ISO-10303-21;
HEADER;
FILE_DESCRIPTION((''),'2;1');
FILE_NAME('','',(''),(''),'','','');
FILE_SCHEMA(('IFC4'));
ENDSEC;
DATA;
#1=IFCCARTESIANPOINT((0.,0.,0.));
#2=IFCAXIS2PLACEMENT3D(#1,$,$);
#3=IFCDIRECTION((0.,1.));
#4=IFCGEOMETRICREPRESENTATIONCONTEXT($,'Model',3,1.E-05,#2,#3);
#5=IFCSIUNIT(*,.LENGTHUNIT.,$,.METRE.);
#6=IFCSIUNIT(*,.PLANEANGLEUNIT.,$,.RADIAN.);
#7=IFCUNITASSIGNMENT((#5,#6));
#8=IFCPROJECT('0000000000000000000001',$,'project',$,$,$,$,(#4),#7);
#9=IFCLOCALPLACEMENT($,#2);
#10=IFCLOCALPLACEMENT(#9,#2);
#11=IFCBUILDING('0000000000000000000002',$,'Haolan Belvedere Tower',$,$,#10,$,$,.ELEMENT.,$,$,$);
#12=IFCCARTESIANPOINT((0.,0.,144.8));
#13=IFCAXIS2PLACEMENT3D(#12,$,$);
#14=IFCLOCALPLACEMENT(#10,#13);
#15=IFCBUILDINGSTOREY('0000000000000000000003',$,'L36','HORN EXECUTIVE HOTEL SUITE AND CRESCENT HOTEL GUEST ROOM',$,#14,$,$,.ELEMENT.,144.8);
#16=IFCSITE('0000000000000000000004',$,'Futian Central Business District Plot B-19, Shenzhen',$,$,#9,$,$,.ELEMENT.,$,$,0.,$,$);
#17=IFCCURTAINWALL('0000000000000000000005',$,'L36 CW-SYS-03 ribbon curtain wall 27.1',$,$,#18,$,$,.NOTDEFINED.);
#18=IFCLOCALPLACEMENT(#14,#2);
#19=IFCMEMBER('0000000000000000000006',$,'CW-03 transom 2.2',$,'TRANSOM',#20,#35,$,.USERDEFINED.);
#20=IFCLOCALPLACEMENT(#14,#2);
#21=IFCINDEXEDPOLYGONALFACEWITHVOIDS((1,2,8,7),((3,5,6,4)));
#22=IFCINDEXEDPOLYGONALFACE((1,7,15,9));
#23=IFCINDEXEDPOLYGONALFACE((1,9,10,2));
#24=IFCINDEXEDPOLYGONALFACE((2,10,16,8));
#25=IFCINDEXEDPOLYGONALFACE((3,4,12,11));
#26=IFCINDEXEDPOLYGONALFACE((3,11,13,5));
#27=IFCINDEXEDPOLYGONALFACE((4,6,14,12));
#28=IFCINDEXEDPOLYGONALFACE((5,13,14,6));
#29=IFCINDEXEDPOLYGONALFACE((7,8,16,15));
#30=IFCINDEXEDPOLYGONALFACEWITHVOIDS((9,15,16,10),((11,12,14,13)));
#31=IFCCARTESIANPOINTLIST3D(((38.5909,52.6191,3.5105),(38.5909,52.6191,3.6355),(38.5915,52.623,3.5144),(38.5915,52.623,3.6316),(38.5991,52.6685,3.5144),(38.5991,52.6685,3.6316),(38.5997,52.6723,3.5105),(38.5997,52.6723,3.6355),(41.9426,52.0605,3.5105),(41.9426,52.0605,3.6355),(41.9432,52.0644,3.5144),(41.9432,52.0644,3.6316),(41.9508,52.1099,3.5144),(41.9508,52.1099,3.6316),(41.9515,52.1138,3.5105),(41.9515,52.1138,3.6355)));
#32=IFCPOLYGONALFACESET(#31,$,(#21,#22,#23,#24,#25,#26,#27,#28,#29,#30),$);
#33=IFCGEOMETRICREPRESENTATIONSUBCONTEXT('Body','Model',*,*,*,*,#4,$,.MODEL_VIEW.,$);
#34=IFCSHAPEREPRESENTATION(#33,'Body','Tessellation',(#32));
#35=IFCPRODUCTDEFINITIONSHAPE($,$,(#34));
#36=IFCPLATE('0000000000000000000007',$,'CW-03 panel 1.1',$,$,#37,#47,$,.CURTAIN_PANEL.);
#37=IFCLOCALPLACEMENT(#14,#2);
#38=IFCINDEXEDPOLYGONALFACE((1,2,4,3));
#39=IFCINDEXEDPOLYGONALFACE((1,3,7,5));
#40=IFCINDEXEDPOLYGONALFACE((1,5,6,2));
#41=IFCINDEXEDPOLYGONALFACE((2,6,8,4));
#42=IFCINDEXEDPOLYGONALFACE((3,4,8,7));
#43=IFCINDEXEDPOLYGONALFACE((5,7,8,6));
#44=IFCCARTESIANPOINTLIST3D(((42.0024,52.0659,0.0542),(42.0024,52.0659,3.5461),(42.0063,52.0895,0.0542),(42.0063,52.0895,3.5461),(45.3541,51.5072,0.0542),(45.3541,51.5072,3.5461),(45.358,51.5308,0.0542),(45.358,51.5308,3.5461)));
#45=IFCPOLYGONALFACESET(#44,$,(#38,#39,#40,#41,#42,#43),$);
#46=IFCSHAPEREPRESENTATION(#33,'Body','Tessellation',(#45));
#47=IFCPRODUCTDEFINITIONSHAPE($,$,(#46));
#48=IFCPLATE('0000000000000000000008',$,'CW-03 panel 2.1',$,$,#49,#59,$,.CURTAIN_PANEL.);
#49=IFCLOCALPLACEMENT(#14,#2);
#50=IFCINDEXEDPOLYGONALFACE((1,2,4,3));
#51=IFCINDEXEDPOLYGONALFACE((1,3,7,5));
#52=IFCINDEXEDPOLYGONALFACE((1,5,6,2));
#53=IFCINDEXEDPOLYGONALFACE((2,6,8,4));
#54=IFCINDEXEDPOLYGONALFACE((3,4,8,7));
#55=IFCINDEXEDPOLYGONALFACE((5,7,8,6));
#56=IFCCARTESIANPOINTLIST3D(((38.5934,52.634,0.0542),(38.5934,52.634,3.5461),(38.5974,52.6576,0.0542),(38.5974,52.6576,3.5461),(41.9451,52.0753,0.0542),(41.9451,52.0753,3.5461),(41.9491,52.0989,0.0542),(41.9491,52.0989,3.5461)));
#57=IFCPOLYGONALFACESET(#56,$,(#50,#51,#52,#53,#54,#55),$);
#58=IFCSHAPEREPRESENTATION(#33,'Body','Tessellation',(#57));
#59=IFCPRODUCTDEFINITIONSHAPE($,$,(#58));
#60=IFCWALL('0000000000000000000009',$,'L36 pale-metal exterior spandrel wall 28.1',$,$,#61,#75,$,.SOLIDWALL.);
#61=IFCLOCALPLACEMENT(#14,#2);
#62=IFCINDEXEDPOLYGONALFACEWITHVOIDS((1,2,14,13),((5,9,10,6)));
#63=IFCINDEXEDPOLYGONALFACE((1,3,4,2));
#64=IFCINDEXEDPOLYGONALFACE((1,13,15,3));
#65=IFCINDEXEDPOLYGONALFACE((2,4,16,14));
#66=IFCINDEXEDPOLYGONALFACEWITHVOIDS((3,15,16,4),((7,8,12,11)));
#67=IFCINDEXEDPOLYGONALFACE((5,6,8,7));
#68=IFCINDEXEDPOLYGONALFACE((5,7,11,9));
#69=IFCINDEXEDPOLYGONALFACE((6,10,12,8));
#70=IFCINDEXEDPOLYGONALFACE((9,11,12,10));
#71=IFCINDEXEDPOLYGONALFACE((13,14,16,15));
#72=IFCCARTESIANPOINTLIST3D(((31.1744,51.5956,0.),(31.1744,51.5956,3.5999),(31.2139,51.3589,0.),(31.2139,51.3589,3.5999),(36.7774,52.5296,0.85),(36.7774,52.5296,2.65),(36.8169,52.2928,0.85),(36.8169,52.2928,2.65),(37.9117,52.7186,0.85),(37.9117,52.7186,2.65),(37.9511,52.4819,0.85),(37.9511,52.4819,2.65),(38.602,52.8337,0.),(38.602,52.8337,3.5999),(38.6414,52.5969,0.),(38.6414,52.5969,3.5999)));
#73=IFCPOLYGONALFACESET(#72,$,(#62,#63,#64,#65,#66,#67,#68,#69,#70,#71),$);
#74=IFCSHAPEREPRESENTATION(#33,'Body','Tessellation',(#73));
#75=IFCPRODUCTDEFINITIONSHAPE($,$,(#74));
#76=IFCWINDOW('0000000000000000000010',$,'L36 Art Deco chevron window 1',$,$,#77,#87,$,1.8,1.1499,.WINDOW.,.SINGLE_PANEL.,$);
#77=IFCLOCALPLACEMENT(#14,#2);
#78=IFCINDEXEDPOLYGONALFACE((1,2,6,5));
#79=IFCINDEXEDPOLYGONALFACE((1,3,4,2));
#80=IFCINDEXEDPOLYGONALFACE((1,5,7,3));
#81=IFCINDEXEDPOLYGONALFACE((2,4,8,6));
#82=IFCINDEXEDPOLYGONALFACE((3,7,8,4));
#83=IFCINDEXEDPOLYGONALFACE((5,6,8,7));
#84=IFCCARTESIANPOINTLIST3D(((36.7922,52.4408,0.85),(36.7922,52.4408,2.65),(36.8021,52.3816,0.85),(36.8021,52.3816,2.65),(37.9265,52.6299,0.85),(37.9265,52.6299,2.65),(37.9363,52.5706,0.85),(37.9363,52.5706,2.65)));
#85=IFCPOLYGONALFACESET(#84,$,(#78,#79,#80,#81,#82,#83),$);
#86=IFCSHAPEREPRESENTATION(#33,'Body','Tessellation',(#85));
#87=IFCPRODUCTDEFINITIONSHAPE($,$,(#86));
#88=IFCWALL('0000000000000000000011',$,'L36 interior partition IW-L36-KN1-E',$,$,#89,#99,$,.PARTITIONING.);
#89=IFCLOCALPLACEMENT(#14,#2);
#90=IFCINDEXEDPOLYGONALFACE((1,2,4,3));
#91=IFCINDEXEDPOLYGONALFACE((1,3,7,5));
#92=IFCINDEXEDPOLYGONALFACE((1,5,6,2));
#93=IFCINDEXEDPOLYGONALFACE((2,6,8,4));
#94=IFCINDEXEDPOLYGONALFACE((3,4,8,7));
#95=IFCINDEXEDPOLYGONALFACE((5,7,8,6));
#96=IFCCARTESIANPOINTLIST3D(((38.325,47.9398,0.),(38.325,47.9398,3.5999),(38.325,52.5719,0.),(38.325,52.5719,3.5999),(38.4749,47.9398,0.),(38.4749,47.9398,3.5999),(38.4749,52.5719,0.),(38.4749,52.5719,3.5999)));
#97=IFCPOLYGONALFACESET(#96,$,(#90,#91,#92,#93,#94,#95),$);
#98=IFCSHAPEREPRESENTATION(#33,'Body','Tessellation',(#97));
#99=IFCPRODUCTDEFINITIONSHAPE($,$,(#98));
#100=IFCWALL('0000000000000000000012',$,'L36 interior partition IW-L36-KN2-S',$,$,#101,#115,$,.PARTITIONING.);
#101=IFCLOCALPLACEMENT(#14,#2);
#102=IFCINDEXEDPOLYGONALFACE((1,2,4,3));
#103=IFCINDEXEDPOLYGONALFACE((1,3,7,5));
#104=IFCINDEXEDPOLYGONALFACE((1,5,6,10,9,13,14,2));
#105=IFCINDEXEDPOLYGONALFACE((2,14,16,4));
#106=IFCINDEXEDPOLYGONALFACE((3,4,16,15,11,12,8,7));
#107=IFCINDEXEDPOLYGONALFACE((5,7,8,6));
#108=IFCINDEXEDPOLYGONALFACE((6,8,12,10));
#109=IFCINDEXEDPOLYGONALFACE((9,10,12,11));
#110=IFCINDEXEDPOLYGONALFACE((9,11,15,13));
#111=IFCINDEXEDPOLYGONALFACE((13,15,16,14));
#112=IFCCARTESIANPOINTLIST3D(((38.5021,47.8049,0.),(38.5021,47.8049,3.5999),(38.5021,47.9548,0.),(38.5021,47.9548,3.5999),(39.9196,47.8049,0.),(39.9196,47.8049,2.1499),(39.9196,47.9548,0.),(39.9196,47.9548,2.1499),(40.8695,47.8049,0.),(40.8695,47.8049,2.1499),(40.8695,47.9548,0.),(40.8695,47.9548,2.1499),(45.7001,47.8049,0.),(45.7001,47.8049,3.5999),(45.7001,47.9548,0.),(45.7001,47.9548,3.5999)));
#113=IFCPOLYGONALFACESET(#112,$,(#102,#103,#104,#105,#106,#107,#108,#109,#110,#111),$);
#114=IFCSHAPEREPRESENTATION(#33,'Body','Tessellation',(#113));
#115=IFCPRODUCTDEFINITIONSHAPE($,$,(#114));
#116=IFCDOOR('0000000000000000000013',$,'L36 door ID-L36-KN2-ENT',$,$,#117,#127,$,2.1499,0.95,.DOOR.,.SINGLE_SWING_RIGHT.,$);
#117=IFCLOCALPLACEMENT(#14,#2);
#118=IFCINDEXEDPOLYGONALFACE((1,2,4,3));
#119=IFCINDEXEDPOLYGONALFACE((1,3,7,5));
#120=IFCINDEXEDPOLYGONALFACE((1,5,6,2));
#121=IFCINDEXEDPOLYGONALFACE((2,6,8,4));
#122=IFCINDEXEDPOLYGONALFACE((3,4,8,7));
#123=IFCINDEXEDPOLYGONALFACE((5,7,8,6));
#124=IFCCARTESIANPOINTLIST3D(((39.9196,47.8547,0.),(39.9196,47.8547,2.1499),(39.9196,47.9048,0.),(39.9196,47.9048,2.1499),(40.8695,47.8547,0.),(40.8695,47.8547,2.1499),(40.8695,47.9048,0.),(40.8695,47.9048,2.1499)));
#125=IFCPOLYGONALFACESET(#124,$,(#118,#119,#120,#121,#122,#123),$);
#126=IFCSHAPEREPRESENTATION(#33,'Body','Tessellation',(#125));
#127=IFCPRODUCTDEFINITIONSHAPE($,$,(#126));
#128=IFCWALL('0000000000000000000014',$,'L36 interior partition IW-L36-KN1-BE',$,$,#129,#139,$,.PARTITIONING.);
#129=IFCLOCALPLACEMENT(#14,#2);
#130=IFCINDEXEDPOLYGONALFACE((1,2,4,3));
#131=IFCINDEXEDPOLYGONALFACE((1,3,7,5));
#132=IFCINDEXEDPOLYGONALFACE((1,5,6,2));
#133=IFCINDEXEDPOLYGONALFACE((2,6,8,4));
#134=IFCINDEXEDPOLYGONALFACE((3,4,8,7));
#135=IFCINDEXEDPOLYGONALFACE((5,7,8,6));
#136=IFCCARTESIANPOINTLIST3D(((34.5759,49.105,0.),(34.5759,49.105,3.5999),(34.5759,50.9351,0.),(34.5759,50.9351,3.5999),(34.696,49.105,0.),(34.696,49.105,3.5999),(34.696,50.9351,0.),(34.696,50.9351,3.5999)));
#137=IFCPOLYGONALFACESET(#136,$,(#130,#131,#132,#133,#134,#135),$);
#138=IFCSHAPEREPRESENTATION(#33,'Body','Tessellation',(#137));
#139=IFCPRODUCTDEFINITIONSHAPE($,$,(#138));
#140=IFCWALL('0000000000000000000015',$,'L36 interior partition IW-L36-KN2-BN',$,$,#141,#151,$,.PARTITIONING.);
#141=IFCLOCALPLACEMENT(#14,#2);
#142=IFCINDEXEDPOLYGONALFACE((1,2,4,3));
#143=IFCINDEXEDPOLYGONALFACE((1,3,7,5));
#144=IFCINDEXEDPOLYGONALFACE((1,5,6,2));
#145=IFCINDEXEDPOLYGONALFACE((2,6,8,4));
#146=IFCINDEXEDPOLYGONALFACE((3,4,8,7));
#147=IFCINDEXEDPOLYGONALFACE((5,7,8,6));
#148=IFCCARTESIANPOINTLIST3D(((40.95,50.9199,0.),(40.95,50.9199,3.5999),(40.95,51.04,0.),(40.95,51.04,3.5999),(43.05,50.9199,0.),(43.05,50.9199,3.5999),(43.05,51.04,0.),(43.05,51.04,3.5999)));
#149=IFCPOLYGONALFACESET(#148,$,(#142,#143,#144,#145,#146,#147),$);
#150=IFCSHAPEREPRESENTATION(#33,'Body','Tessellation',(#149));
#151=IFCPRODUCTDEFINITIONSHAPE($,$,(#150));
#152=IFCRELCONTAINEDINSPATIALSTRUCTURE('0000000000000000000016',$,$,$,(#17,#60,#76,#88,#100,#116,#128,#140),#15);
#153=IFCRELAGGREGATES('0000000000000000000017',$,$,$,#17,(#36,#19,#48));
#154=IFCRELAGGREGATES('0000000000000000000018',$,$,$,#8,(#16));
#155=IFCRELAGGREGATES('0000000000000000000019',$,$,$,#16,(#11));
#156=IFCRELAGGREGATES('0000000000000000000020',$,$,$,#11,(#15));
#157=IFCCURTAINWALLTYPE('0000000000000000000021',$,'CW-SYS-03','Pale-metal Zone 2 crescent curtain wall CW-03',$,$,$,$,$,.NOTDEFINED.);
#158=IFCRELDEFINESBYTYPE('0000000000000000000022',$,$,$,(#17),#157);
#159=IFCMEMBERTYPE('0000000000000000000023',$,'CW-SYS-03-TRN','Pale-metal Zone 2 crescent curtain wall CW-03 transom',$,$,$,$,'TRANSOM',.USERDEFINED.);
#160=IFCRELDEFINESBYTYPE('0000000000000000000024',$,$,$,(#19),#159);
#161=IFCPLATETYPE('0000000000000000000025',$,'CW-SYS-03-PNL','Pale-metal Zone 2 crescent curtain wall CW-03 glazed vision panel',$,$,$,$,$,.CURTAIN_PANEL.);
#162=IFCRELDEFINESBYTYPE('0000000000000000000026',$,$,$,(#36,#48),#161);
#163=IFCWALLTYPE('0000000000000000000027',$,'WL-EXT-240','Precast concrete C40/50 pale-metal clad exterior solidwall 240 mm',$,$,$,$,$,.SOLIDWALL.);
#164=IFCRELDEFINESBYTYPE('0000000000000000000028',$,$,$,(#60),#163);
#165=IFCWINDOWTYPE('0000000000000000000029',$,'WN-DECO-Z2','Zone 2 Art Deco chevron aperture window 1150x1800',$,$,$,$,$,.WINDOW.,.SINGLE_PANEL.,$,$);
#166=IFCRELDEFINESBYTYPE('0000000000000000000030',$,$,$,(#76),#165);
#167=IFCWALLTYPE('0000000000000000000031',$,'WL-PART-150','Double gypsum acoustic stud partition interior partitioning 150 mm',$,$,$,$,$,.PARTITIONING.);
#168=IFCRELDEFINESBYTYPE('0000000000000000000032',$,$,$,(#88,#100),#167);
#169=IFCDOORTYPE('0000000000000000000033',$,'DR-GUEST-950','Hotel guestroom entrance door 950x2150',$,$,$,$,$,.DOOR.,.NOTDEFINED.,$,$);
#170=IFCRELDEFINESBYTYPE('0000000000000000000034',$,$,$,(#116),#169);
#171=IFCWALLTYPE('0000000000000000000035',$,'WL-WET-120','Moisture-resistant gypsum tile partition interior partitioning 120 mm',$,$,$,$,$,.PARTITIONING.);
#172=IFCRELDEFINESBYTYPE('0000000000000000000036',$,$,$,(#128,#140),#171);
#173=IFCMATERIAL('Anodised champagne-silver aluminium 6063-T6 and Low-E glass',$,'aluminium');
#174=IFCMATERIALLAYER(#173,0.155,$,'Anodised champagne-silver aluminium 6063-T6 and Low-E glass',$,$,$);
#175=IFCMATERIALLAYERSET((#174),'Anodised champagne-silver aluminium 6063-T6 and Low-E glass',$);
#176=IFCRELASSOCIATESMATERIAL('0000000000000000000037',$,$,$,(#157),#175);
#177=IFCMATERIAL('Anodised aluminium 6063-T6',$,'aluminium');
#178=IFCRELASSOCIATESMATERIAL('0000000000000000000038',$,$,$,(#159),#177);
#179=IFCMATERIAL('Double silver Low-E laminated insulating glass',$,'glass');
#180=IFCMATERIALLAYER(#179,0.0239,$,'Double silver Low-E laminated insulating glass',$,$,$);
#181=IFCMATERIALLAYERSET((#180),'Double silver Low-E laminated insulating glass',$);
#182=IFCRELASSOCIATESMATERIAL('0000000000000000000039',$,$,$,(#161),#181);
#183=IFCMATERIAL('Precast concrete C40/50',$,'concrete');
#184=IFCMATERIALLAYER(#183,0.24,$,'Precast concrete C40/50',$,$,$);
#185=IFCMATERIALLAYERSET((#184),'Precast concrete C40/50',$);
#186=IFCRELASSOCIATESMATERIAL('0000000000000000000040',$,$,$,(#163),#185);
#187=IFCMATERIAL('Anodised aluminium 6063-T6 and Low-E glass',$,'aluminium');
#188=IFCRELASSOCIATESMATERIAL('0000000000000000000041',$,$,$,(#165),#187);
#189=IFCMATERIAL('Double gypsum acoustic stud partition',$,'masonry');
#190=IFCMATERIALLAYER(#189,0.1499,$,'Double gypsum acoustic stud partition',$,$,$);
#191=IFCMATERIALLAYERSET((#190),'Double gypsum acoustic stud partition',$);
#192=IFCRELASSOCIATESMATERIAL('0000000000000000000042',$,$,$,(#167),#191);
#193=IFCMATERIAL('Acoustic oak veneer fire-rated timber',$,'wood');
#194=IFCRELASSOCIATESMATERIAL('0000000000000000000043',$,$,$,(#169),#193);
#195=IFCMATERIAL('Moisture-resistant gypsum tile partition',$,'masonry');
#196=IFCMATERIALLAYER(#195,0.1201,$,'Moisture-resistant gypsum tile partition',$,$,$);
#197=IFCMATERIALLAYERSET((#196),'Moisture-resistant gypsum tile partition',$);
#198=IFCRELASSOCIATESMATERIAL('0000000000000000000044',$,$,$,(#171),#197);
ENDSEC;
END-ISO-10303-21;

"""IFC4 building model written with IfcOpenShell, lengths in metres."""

from ifc_helpers import new_model, si_unit, direction, frame, frame_2d, origin, origin_2d, place, context, subcontext, project, spatial, rectangle, hollow_rectangle, extrude, material, layer, layer_set, material_profile, profile_set, type_object, element, fill, aggregate, save


model = new_model("IFC4")

# Units and contexts
model_context = context("Model", 3, precision=1e-05, world=origin(), true_north=direction((0.0, 1.0)))
body_context = subcontext(model_context, "Body", "Model", "MODEL_VIEW")
ifc_project = project(units=[si_unit("LENGTHUNIT", "METRE"), si_unit("PLANEANGLEUNIT", "RADIAN")], contexts=[model_context])

# Site, building, storey
site_placement = place(None, origin())
site = spatial("IfcSite", under=ifc_project, at=site_placement, Name="Futian Central Business District Plot B-19, Shenzhen", CompositionType="ELEMENT", RefElevation=0.0)
building_placement = place(site_placement, origin())
building = spatial("IfcBuilding", under=site, at=building_placement, Name="Haolan Belvedere Tower", CompositionType="ELEMENT")
storey_placement = place(building_placement, frame((0.0, 0.0, 144.8)))
storey = spatial("IfcBuildingStorey", under=building, at=storey_placement, Name="L36", Description="HORN EXECUTIVE HOTEL SUITE AND CRESCENT HOTEL GUEST ROOM", CompositionType="ELEMENT", Elevation=144.8)

# Curtain wall, member, plates
ifc_material_1 = material(Name="Anodised champagne-silver aluminium 6063-T6 and Low-E glass", Category="aluminium")
ifc_layer_1 = layer(ifc_material_1, 0.155, Name="Anodised champagne-silver aluminium 6063-T6 and Low-E glass")
ifc_layer_set_1 = layer_set([ifc_layer_1], Name="Anodised champagne-silver aluminium 6063-T6 and Low-E glass")
curtain_wall_type = type_object("IfcCurtainWallType", Name="CW-SYS-03", Description="Pale-metal Zone 2 crescent curtain wall CW-03", PredefinedType="NOTDEFINED", material=ifc_layer_set_1)
curtain_wall_placement = place(storey_placement, origin())
curtain_wall = element("IfcCurtainWall", 1, at=curtain_wall_placement, inside=storey, type_object=curtain_wall_type, Name="L36 CW-SYS-03 ribbon curtain wall 27.1", PredefinedType="NOTDEFINED")
ifc_material_2 = material(Name="Anodised aluminium 6063-T6", Category="aluminium")
ifc_material_profile_1 = material_profile(ifc_material_2, hollow_rectangle(XDim=0.054, YDim=0.125, WallThickness=0.0039, at=origin_2d()), Name="Anodised aluminium 6063-T6")
ifc_profile_set_1 = profile_set([ifc_material_profile_1], Name="Anodised aluminium 6063-T6")
member_type_1 = type_object("IfcMemberType", Name="CW-SYS-03-TRN", Description="Pale-metal Zone 2 crescent curtain wall CW-03 transom", ElementType="TRANSOM", PredefinedType="USERDEFINED", material=ifc_profile_set_1)
member_1_placement = place(storey_placement, frame((41.947, 52.0872, 3.573), z_axis=(-0.986396, 0.164387, 0.0), x_axis=(-0.164387, -0.986396, 0.0)))
member_1 = element("IfcMember", 2, at=member_1_placement, type_object=member_type_1, Name="CW-03 transom 2.2", ObjectType="TRANSOM", PredefinedType="USERDEFINED", context=body_context, shape_type="SweptSolid", body=[
    extrude(hollow_rectangle(XDim=0.054, YDim=0.125, WallThickness=0.0039, at=origin_2d()), origin(), (0.0, 0.0, 1.0), 3.3979),
])
ifc_material_3 = material(Name="Double silver Low-E laminated insulating glass", Category="glass")
ifc_layer_2 = layer(ifc_material_3, 0.0239, Name="Double silver Low-E laminated insulating glass")
ifc_layer_set_2 = layer_set([ifc_layer_2], Name="Double silver Low-E laminated insulating glass")
plate_type = type_object("IfcPlateType", Name="CW-SYS-03-PNL", Description="Pale-metal Zone 2 crescent curtain wall CW-03 glazed vision panel", PredefinedType="CURTAIN_PANEL", material=ifc_layer_set_2)
plate_1_placement = place(storey_placement, frame((43.6802, 51.7983, 0.0542), z_axis=(0.0, 0.0, 1.0), x_axis=(-0.986393, 0.164404, 0.0)))
plate_1 = element("IfcPlate", 3, at=plate_1_placement, type_object=plate_type, Name="CW-03 panel 1.1", PredefinedType="CURTAIN_PANEL", context=body_context, shape_type="SweptSolid", body=[
    extrude(rectangle(XDim=3.3979, YDim=0.0239, at=origin_2d()), origin(), (0.0, 0.0, 1.0), 3.4919),
])
plate_2_placement = place(storey_placement, frame((40.2712, 52.3665, 0.0542), z_axis=(0.0, 0.0, 1.0), x_axis=(-0.986393, 0.164404, 0.0)))
plate_2 = element("IfcPlate", 4, at=plate_2_placement, type_object=plate_type, Name="CW-03 panel 2.1", PredefinedType="CURTAIN_PANEL", context=body_context, shape_type="SweptSolid", body=[
    extrude(rectangle(XDim=3.3979, YDim=0.0239, at=origin_2d()), origin(), (0.0, 0.0, 1.0), 3.4919),
])
aggregate(curtain_wall, [plate_1, member_1, plate_2])

# Wall, opening, window
ifc_material_4 = material(Name="Precast concrete C40/50", Category="concrete")
ifc_layer_3 = layer(ifc_material_4, 0.24, Name="Precast concrete C40/50")
ifc_layer_set_3 = layer_set([ifc_layer_3], Name="Precast concrete C40/50")
wall_type_1 = type_object("IfcWallType", Name="WL-EXT-240", Description="Precast concrete C40/50 pale-metal clad exterior solidwall 240 mm", PredefinedType="SOLIDWALL", material=ifc_layer_set_3)
wall_1_placement = place(storey_placement, frame((38.6218, 52.7153, 0.0), z_axis=(0.0, 0.0, 1.0), x_axis=(-0.986391, -0.164415, 0.0)))
wall_1 = element("IfcWall", 5, at=wall_1_placement, inside=storey, type_object=wall_type_1, Name="L36 pale-metal exterior spandrel wall 28.1", PredefinedType="SOLIDWALL", context=body_context, shape_type="SweptSolid", body=[
    extrude(rectangle(XDim=7.53, YDim=0.24, at=frame_2d((3.7651, 0.0))), origin(), (0.0, 0.0, 1.0), 3.5999),
])
opening_1_placement = place(wall_1_placement, frame((0.7, 0.0, 0.8501)))
opening_1 = element("IfcOpeningElement", 6, at=opening_1_placement, cuts=wall_1, PredefinedType="OPENING", context=body_context, shape_type="SweptSolid", body=[
    extrude(rectangle(XDim=1.1499, YDim=1.8, at=frame_2d((0.575, 0.8999))), frame((0.0, 0.1299, 0.0), z_axis=(0.0, -1.0, 0.0), x_axis=(1.0, 0.0, 0.0)), (0.0, 0.0, 1.0), 0.26),
])
ifc_material_5 = material(Name="Anodised aluminium 6063-T6 and Low-E glass", Category="aluminium")
window_type = type_object("IfcWindowType", Name="WN-DECO-Z2", Description="Zone 2 Art Deco chevron aperture window 1150x1800", PartitioningType="SINGLE_PANEL", PredefinedType="WINDOW", material=ifc_material_5)
window_placement = place(opening_1_placement, origin())
window = element("IfcWindow", 7, at=window_placement, inside=storey, type_object=window_type, Name="L36 Art Deco chevron window 1", OverallHeight=1.8, OverallWidth=1.1499, PartitioningType="SINGLE_PANEL", PredefinedType="WINDOW", context=body_context, shape_type="SweptSolid", body=[
    extrude(rectangle(XDim=1.1499, YDim=1.8, at=frame_2d((0.575, 0.8999))), frame((0.0, 0.03, 0.0), z_axis=(0.0, -1.0, 0.0), x_axis=(1.0, 0.0, 0.0)), (0.0, 0.0, 1.0), 0.0601),
])
fill(opening_1, window)

# Wall
ifc_material_6 = material(Name="Double gypsum acoustic stud partition", Category="masonry")
ifc_layer_4 = layer(ifc_material_6, 0.1499, Name="Double gypsum acoustic stud partition")
ifc_layer_set_4 = layer_set([ifc_layer_4], Name="Double gypsum acoustic stud partition")
wall_type_2 = type_object("IfcWallType", Name="WL-PART-150", Description="Double gypsum acoustic stud partition interior partitioning 150 mm", PredefinedType="PARTITIONING", material=ifc_layer_set_4)
wall_2_placement = place(storey_placement, frame((38.3999, 47.9399, 0.0), z_axis=(0.0, 0.0, 1.0), x_axis=(0.0, 1.0, 0.0)))
element("IfcWall", 8, at=wall_2_placement, inside=storey, type_object=wall_type_2, Name="L36 interior partition IW-L36-KN1-E", PredefinedType="PARTITIONING", context=body_context, shape_type="SweptSolid", body=[
    extrude(rectangle(XDim=4.6321, YDim=0.1499, at=frame_2d((2.3159, 0.0))), origin(), (0.0, 0.0, 1.0), 3.5999),
])

# Wall, opening, door
wall_3_placement = place(storey_placement, frame((38.502, 47.8799, 0.0), z_axis=(0.0, 0.0, 1.0), x_axis=(1.0, 0.0, 0.0)))
wall_3 = element("IfcWall", 9, at=wall_3_placement, inside=storey, type_object=wall_type_2, Name="L36 interior partition IW-L36-KN2-S", PredefinedType="PARTITIONING", context=body_context, shape_type="SweptSolid", body=[
    extrude(rectangle(XDim=7.198, YDim=0.1499, at=frame_2d((3.5991, 0.0))), origin(), (0.0, 0.0, 1.0), 3.5999),
])
opening_2_placement = place(wall_3_placement, frame((1.4175, 0.0, 0.0)))
opening_2 = element("IfcOpeningElement", 10, at=opening_2_placement, cuts=wall_3, PredefinedType="OPENING", context=body_context, shape_type="SweptSolid", body=[
    extrude(rectangle(XDim=0.95, YDim=2.1499, at=frame_2d((0.4751, 1.075))), frame((0.0, 0.085, 0.0), z_axis=(0.0, -1.0, 0.0), x_axis=(1.0, 0.0, 0.0)), (0.0, 0.0, 1.0), 0.1699),
])
ifc_material_7 = material(Name="Acoustic oak veneer fire-rated timber", Category="wood")
door_type_1 = type_object("IfcDoorType", Name="DR-GUEST-950", Description="Hotel guestroom entrance door 950x2150", OperationType="NOTDEFINED", PredefinedType="DOOR", material=ifc_material_7)
door_1_placement = place(opening_2_placement, origin())
door_1 = element("IfcDoor", 11, at=door_1_placement, inside=storey, type_object=door_type_1, Name="L36 door ID-L36-KN2-ENT", OperationType="SINGLE_SWING_RIGHT", OverallHeight=2.1499, OverallWidth=0.95, PredefinedType="DOOR", context=body_context, shape_type="SweptSolid", body=[
    extrude(rectangle(XDim=0.95, YDim=2.1499, at=frame_2d((0.4751, 1.075))), frame((0.0, 0.0249, 0.0), z_axis=(0.0, -1.0, 0.0), x_axis=(1.0, 0.0, 0.0)), (0.0, 0.0, 1.0), 0.05),
])
fill(opening_2, door_1)

# Walls
ifc_material_8 = material(Name="Moisture-resistant gypsum tile partition", Category="masonry")
ifc_layer_5 = layer(ifc_material_8, 0.1201, Name="Moisture-resistant gypsum tile partition")
ifc_layer_set_5 = layer_set([ifc_layer_5], Name="Moisture-resistant gypsum tile partition")
wall_type_3 = type_object("IfcWallType", Name="WL-WET-120", Description="Moisture-resistant gypsum tile partition interior partitioning 120 mm", PredefinedType="PARTITIONING", material=ifc_layer_set_5)
wall_4_placement = place(storey_placement, frame((34.636, 49.105, 0.0), z_axis=(0.0, 0.0, 1.0), x_axis=(0.0, 1.0, 0.0)))
element("IfcWall", 12, at=wall_4_placement, inside=storey, type_object=wall_type_3, Name="L36 interior partition IW-L36-KN1-BE", PredefinedType="PARTITIONING", context=body_context, shape_type="SweptSolid", body=[
    extrude(rectangle(XDim=1.8301, YDim=0.1201, at=frame_2d((0.915, 0.0))), origin(), (0.0, 0.0, 1.0), 3.5999),
])
wall_5_placement = place(storey_placement, frame((40.95, 50.98, 0.0), z_axis=(0.0, 0.0, 1.0), x_axis=(1.0, 0.0, 0.0)))
element("IfcWall", 13, at=wall_5_placement, inside=storey, type_object=wall_type_3, Name="L36 interior partition IW-L36-KN2-BN", PredefinedType="PARTITIONING", context=body_context, shape_type="SweptSolid", body=[
    extrude(rectangle(XDim=2.1001, YDim=0.1201, at=frame_2d((1.05, 0.0))), origin(), (0.0, 0.0, 1.0), 3.5999),
])

save(model, "model.ifc")
